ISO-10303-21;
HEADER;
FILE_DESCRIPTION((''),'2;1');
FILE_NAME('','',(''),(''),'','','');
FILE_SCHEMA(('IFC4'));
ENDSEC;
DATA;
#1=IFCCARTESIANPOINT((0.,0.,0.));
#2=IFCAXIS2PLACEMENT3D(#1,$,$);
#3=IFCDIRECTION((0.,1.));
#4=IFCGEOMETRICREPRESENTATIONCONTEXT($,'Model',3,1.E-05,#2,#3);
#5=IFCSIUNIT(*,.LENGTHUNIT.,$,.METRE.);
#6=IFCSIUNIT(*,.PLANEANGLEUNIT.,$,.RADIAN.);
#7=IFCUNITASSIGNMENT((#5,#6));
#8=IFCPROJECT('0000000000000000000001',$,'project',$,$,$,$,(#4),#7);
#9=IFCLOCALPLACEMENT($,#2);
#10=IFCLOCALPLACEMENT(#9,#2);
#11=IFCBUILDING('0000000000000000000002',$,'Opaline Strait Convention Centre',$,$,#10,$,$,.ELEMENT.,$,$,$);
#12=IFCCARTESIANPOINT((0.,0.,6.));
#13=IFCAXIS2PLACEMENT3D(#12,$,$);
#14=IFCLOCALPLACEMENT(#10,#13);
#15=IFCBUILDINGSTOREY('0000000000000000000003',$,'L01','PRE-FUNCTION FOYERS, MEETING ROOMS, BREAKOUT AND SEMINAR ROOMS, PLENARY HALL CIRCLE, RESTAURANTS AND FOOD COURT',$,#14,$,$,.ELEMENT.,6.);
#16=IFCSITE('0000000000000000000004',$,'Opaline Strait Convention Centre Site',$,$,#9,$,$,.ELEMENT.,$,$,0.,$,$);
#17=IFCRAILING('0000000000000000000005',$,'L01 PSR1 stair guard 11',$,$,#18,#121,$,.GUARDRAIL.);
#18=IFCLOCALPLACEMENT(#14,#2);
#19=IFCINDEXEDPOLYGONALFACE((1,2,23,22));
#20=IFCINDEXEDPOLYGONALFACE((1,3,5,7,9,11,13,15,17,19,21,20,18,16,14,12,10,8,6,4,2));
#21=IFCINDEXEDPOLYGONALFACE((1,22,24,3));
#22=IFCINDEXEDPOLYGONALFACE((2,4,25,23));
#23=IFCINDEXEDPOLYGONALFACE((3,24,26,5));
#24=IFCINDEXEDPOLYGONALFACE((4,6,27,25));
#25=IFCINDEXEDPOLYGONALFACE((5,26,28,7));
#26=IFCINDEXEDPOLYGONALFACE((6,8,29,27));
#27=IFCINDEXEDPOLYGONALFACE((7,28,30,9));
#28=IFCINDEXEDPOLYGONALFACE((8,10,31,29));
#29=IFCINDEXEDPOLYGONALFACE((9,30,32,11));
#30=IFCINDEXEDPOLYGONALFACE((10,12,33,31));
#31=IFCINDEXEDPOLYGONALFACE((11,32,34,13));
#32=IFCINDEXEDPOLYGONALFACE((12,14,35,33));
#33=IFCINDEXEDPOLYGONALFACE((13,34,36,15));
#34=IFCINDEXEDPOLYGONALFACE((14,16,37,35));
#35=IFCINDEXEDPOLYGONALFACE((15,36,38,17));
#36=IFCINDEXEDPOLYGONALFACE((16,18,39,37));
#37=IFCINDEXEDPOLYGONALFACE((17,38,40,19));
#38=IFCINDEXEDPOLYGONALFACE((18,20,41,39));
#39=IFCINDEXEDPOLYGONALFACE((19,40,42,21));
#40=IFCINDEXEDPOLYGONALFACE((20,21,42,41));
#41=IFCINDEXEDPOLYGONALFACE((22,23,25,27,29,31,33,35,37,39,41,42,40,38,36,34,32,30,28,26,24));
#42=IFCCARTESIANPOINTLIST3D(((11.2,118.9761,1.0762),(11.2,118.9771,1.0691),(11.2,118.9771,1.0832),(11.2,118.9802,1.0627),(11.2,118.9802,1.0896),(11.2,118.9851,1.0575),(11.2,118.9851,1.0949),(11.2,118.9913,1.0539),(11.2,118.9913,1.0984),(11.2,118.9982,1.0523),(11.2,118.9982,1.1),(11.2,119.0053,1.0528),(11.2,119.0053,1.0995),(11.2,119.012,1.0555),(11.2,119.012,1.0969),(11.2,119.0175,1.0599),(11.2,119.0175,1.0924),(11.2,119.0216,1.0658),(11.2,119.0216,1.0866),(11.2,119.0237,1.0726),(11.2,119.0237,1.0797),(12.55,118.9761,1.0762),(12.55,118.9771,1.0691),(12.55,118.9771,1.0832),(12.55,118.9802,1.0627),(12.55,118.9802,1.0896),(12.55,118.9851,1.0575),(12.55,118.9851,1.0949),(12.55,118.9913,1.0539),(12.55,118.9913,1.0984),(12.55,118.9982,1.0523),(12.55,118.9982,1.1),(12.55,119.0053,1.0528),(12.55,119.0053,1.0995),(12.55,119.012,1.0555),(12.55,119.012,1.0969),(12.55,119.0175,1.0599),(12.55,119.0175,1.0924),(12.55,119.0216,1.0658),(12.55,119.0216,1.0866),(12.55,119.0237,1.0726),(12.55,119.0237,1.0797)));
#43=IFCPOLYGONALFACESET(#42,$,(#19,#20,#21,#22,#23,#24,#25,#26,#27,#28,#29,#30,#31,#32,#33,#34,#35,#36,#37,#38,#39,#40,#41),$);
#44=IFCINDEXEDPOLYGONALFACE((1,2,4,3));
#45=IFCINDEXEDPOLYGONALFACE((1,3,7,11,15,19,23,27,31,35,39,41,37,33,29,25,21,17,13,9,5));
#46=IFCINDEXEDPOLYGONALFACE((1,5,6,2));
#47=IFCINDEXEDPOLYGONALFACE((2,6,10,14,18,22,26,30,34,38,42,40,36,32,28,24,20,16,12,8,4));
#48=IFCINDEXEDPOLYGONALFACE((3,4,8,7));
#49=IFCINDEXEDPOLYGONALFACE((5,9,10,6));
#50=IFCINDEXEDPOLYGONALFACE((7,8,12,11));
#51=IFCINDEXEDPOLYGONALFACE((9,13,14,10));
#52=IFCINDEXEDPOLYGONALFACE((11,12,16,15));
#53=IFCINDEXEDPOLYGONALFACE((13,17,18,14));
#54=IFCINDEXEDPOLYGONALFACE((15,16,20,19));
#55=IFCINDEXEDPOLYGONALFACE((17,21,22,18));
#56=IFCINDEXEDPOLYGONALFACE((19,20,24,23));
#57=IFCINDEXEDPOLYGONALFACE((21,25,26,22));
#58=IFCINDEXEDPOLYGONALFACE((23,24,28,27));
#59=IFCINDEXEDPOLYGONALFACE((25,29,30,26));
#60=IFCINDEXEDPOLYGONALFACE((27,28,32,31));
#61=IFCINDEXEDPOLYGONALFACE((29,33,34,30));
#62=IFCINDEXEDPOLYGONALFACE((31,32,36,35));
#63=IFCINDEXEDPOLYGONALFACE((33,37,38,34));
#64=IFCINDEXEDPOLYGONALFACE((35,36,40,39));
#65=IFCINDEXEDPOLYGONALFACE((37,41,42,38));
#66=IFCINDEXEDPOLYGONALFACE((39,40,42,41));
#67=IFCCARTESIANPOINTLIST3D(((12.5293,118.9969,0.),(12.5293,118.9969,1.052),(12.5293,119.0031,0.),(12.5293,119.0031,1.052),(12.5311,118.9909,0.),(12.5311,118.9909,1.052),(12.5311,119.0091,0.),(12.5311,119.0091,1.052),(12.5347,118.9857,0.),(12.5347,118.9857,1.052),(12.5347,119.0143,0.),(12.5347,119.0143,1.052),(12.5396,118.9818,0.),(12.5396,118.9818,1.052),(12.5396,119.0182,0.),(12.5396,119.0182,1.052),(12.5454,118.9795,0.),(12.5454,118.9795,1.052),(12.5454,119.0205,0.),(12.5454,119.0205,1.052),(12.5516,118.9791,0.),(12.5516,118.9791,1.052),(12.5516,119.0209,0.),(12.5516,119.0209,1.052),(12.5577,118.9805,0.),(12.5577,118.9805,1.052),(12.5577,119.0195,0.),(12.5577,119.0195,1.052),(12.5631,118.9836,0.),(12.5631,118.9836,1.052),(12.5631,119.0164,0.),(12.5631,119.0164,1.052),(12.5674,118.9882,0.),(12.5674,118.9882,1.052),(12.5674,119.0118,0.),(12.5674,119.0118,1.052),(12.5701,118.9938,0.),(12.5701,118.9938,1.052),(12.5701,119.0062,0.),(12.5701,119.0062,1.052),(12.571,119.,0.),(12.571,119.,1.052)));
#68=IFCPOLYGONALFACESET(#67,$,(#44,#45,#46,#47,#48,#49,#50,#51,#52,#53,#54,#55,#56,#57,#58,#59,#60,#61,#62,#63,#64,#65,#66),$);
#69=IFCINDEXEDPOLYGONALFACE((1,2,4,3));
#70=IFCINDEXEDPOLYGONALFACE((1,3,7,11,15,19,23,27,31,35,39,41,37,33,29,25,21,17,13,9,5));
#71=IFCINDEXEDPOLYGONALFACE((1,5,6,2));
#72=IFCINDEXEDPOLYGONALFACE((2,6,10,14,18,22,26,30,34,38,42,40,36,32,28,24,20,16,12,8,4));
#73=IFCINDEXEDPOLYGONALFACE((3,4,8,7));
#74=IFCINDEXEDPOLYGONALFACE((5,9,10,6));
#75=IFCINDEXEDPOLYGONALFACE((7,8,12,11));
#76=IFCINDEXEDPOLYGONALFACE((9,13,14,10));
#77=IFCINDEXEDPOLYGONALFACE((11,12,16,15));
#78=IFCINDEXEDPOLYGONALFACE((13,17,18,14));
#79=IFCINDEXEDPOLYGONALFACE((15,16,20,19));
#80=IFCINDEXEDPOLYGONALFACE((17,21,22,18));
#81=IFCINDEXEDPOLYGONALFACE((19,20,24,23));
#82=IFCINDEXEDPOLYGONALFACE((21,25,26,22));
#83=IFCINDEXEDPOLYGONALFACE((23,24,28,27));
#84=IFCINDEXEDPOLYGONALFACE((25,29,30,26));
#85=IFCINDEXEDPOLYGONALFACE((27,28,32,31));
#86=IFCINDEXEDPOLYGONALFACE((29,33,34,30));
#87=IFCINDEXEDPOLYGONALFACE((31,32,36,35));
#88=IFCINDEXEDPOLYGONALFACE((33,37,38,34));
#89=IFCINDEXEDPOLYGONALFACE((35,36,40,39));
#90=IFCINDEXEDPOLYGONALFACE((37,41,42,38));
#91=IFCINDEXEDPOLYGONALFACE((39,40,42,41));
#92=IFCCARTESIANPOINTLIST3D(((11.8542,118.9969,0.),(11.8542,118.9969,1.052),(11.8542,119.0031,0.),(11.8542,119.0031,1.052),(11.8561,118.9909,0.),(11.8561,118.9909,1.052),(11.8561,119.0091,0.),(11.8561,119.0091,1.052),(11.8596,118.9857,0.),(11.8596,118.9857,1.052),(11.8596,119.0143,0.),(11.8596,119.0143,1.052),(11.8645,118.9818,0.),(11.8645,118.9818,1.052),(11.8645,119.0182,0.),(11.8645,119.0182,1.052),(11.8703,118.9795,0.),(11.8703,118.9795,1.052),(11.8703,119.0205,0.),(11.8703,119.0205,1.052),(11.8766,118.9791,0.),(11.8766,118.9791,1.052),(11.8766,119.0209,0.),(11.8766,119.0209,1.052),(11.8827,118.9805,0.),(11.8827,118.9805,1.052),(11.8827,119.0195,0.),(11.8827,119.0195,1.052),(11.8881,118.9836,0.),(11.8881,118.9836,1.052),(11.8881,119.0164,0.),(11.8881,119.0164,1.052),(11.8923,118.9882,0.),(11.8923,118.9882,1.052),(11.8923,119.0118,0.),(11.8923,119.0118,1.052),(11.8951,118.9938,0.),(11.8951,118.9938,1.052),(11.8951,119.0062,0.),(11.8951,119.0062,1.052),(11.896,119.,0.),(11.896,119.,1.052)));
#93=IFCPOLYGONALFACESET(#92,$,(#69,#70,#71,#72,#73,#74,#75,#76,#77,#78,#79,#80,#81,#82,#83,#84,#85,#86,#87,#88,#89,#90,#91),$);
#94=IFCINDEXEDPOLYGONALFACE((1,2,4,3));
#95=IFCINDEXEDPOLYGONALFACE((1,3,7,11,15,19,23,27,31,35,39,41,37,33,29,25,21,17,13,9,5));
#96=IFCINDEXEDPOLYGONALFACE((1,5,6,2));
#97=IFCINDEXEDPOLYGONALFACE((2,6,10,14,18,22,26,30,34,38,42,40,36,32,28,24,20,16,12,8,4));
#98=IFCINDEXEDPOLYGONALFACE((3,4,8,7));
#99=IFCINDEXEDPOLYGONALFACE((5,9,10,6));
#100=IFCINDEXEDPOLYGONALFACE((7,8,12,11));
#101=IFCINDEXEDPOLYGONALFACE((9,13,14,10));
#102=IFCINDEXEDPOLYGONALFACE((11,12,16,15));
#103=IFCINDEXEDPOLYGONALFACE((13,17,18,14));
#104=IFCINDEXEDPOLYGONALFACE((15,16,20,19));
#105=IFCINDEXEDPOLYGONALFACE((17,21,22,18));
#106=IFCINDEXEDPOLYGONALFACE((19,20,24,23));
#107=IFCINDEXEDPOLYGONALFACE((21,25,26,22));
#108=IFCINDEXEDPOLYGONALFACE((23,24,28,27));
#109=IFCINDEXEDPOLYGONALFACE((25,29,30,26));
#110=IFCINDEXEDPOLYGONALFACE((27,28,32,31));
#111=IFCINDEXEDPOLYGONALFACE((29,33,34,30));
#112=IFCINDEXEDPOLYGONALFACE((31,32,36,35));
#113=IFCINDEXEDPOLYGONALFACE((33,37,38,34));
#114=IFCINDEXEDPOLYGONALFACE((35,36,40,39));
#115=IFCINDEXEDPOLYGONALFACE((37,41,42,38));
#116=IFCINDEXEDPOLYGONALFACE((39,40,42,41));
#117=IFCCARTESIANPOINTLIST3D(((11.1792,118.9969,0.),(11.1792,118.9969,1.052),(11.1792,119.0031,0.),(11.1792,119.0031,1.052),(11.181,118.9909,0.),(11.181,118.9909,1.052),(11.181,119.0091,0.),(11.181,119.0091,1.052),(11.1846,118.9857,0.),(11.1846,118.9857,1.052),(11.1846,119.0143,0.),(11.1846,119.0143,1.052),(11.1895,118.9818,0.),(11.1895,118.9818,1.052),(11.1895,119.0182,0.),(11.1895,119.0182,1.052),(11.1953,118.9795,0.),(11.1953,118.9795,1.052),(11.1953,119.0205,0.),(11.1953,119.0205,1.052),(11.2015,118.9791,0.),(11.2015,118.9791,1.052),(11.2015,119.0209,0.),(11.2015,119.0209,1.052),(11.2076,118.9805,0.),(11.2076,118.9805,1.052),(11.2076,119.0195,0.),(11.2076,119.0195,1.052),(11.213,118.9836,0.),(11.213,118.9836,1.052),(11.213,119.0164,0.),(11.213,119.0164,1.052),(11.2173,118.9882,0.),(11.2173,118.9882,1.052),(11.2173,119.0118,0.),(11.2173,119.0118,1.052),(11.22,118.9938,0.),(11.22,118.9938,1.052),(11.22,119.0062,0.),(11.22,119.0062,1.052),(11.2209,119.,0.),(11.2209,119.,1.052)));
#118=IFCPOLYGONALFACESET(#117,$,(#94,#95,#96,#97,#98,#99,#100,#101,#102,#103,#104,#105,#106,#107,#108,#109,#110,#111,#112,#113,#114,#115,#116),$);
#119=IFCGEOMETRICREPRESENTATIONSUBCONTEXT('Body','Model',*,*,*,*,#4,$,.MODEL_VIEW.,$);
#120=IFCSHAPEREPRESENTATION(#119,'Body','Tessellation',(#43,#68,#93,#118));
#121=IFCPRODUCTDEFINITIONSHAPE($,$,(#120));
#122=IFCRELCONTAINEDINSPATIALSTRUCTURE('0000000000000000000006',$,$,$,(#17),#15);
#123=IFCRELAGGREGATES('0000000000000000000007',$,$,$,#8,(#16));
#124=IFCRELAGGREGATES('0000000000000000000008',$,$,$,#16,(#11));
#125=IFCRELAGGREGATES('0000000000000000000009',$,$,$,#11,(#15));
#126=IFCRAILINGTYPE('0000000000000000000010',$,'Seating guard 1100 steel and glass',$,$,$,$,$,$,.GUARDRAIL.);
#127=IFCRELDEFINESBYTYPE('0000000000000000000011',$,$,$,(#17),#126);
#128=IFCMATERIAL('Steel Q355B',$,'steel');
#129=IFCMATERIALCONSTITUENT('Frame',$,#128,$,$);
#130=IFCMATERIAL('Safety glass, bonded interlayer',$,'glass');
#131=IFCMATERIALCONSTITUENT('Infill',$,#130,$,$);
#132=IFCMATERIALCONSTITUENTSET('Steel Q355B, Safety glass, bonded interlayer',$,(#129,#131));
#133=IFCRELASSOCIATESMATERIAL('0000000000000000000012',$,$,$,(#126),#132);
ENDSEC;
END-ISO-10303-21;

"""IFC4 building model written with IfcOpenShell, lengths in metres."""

from ifc_helpers import new_model, si_unit, direction, frame, origin, origin_2d, place, context, subcontext, project, spatial, circle, extrude, material, constituent, constituent_set, type_object, element, save


model = new_model("IFC4")

# Units and contexts
model_context = context("Model", 3, precision=1e-05, world=origin(), true_north=direction((0.0, 1.0)))
body_context = subcontext(model_context, "Body", "Model", "MODEL_VIEW")
ifc_project = project(units=[si_unit("LENGTHUNIT", "METRE"), si_unit("PLANEANGLEUNIT", "RADIAN")], contexts=[model_context])

# Site, building, storey
site_placement = place(None, origin())
site = spatial("IfcSite", under=ifc_project, at=site_placement, Name="Opaline Strait Convention Centre Site", CompositionType="ELEMENT", RefElevation=0.0)
building_placement = place(site_placement, origin())
building = spatial("IfcBuilding", under=site, at=building_placement, Name="Opaline Strait Convention Centre", CompositionType="ELEMENT")
storey_placement = place(building_placement, frame((0.0, 0.0, 6.0)))
storey = spatial("IfcBuildingStorey", under=building, at=storey_placement, Name="L01", Description="PRE-FUNCTION FOYERS, MEETING ROOMS, BREAKOUT AND SEMINAR ROOMS, PLENARY HALL CIRCLE, RESTAURANTS AND FOOD COURT", CompositionType="ELEMENT", Elevation=6.0)

# Railing
ifc_material_1 = material(Name="Steel Q355B", Category="steel")
ifc_constituent_1 = constituent(ifc_material_1, Name="Frame")
ifc_material_2 = material(Name="Safety glass, bonded interlayer", Category="glass")
ifc_constituent_2 = constituent(ifc_material_2, Name="Infill")
ifc_constituent_set = constituent_set(constituents=[ifc_constituent_1, ifc_constituent_2], Name="Steel Q355B, Safety glass, bonded interlayer")
railing_type_1 = type_object("IfcRailingType", Name="Seating guard 1100 steel and glass", PredefinedType="GUARDRAIL", material=ifc_constituent_set)
railing_1_placement = place(storey_placement, frame((12.55, 119.0, 0.0)))
element("IfcRailing", 1, at=railing_1_placement, inside=storey, type_object=railing_type_1, Name="L01 PSR1 stair guard 11", PredefinedType="GUARDRAIL", context=body_context, shape_type="SweptSolid", body=[
    extrude(circle(Radius=0.0239, at=origin_2d()), frame((0.0, 0.0, 1.0762), z_axis=(-1.0, 0.0, 0.0), x_axis=(0.0, -1.0, 0.0)), (0.0, 0.0, 1.0), 1.3501),
    extrude(circle(Radius=0.021, at=origin_2d()), origin(), (0.0, 0.0, 1.0), 1.052),
    extrude(circle(Radius=0.021, at=origin_2d()), frame((-0.675, 0.0, 0.0)), (0.0, 0.0, 1.0), 1.052),
    extrude(circle(Radius=0.021, at=origin_2d()), frame((-1.3501, 0.0, 0.0)), (0.0, 0.0, 1.0), 1.052),
])

save(model, "model.ifc")
